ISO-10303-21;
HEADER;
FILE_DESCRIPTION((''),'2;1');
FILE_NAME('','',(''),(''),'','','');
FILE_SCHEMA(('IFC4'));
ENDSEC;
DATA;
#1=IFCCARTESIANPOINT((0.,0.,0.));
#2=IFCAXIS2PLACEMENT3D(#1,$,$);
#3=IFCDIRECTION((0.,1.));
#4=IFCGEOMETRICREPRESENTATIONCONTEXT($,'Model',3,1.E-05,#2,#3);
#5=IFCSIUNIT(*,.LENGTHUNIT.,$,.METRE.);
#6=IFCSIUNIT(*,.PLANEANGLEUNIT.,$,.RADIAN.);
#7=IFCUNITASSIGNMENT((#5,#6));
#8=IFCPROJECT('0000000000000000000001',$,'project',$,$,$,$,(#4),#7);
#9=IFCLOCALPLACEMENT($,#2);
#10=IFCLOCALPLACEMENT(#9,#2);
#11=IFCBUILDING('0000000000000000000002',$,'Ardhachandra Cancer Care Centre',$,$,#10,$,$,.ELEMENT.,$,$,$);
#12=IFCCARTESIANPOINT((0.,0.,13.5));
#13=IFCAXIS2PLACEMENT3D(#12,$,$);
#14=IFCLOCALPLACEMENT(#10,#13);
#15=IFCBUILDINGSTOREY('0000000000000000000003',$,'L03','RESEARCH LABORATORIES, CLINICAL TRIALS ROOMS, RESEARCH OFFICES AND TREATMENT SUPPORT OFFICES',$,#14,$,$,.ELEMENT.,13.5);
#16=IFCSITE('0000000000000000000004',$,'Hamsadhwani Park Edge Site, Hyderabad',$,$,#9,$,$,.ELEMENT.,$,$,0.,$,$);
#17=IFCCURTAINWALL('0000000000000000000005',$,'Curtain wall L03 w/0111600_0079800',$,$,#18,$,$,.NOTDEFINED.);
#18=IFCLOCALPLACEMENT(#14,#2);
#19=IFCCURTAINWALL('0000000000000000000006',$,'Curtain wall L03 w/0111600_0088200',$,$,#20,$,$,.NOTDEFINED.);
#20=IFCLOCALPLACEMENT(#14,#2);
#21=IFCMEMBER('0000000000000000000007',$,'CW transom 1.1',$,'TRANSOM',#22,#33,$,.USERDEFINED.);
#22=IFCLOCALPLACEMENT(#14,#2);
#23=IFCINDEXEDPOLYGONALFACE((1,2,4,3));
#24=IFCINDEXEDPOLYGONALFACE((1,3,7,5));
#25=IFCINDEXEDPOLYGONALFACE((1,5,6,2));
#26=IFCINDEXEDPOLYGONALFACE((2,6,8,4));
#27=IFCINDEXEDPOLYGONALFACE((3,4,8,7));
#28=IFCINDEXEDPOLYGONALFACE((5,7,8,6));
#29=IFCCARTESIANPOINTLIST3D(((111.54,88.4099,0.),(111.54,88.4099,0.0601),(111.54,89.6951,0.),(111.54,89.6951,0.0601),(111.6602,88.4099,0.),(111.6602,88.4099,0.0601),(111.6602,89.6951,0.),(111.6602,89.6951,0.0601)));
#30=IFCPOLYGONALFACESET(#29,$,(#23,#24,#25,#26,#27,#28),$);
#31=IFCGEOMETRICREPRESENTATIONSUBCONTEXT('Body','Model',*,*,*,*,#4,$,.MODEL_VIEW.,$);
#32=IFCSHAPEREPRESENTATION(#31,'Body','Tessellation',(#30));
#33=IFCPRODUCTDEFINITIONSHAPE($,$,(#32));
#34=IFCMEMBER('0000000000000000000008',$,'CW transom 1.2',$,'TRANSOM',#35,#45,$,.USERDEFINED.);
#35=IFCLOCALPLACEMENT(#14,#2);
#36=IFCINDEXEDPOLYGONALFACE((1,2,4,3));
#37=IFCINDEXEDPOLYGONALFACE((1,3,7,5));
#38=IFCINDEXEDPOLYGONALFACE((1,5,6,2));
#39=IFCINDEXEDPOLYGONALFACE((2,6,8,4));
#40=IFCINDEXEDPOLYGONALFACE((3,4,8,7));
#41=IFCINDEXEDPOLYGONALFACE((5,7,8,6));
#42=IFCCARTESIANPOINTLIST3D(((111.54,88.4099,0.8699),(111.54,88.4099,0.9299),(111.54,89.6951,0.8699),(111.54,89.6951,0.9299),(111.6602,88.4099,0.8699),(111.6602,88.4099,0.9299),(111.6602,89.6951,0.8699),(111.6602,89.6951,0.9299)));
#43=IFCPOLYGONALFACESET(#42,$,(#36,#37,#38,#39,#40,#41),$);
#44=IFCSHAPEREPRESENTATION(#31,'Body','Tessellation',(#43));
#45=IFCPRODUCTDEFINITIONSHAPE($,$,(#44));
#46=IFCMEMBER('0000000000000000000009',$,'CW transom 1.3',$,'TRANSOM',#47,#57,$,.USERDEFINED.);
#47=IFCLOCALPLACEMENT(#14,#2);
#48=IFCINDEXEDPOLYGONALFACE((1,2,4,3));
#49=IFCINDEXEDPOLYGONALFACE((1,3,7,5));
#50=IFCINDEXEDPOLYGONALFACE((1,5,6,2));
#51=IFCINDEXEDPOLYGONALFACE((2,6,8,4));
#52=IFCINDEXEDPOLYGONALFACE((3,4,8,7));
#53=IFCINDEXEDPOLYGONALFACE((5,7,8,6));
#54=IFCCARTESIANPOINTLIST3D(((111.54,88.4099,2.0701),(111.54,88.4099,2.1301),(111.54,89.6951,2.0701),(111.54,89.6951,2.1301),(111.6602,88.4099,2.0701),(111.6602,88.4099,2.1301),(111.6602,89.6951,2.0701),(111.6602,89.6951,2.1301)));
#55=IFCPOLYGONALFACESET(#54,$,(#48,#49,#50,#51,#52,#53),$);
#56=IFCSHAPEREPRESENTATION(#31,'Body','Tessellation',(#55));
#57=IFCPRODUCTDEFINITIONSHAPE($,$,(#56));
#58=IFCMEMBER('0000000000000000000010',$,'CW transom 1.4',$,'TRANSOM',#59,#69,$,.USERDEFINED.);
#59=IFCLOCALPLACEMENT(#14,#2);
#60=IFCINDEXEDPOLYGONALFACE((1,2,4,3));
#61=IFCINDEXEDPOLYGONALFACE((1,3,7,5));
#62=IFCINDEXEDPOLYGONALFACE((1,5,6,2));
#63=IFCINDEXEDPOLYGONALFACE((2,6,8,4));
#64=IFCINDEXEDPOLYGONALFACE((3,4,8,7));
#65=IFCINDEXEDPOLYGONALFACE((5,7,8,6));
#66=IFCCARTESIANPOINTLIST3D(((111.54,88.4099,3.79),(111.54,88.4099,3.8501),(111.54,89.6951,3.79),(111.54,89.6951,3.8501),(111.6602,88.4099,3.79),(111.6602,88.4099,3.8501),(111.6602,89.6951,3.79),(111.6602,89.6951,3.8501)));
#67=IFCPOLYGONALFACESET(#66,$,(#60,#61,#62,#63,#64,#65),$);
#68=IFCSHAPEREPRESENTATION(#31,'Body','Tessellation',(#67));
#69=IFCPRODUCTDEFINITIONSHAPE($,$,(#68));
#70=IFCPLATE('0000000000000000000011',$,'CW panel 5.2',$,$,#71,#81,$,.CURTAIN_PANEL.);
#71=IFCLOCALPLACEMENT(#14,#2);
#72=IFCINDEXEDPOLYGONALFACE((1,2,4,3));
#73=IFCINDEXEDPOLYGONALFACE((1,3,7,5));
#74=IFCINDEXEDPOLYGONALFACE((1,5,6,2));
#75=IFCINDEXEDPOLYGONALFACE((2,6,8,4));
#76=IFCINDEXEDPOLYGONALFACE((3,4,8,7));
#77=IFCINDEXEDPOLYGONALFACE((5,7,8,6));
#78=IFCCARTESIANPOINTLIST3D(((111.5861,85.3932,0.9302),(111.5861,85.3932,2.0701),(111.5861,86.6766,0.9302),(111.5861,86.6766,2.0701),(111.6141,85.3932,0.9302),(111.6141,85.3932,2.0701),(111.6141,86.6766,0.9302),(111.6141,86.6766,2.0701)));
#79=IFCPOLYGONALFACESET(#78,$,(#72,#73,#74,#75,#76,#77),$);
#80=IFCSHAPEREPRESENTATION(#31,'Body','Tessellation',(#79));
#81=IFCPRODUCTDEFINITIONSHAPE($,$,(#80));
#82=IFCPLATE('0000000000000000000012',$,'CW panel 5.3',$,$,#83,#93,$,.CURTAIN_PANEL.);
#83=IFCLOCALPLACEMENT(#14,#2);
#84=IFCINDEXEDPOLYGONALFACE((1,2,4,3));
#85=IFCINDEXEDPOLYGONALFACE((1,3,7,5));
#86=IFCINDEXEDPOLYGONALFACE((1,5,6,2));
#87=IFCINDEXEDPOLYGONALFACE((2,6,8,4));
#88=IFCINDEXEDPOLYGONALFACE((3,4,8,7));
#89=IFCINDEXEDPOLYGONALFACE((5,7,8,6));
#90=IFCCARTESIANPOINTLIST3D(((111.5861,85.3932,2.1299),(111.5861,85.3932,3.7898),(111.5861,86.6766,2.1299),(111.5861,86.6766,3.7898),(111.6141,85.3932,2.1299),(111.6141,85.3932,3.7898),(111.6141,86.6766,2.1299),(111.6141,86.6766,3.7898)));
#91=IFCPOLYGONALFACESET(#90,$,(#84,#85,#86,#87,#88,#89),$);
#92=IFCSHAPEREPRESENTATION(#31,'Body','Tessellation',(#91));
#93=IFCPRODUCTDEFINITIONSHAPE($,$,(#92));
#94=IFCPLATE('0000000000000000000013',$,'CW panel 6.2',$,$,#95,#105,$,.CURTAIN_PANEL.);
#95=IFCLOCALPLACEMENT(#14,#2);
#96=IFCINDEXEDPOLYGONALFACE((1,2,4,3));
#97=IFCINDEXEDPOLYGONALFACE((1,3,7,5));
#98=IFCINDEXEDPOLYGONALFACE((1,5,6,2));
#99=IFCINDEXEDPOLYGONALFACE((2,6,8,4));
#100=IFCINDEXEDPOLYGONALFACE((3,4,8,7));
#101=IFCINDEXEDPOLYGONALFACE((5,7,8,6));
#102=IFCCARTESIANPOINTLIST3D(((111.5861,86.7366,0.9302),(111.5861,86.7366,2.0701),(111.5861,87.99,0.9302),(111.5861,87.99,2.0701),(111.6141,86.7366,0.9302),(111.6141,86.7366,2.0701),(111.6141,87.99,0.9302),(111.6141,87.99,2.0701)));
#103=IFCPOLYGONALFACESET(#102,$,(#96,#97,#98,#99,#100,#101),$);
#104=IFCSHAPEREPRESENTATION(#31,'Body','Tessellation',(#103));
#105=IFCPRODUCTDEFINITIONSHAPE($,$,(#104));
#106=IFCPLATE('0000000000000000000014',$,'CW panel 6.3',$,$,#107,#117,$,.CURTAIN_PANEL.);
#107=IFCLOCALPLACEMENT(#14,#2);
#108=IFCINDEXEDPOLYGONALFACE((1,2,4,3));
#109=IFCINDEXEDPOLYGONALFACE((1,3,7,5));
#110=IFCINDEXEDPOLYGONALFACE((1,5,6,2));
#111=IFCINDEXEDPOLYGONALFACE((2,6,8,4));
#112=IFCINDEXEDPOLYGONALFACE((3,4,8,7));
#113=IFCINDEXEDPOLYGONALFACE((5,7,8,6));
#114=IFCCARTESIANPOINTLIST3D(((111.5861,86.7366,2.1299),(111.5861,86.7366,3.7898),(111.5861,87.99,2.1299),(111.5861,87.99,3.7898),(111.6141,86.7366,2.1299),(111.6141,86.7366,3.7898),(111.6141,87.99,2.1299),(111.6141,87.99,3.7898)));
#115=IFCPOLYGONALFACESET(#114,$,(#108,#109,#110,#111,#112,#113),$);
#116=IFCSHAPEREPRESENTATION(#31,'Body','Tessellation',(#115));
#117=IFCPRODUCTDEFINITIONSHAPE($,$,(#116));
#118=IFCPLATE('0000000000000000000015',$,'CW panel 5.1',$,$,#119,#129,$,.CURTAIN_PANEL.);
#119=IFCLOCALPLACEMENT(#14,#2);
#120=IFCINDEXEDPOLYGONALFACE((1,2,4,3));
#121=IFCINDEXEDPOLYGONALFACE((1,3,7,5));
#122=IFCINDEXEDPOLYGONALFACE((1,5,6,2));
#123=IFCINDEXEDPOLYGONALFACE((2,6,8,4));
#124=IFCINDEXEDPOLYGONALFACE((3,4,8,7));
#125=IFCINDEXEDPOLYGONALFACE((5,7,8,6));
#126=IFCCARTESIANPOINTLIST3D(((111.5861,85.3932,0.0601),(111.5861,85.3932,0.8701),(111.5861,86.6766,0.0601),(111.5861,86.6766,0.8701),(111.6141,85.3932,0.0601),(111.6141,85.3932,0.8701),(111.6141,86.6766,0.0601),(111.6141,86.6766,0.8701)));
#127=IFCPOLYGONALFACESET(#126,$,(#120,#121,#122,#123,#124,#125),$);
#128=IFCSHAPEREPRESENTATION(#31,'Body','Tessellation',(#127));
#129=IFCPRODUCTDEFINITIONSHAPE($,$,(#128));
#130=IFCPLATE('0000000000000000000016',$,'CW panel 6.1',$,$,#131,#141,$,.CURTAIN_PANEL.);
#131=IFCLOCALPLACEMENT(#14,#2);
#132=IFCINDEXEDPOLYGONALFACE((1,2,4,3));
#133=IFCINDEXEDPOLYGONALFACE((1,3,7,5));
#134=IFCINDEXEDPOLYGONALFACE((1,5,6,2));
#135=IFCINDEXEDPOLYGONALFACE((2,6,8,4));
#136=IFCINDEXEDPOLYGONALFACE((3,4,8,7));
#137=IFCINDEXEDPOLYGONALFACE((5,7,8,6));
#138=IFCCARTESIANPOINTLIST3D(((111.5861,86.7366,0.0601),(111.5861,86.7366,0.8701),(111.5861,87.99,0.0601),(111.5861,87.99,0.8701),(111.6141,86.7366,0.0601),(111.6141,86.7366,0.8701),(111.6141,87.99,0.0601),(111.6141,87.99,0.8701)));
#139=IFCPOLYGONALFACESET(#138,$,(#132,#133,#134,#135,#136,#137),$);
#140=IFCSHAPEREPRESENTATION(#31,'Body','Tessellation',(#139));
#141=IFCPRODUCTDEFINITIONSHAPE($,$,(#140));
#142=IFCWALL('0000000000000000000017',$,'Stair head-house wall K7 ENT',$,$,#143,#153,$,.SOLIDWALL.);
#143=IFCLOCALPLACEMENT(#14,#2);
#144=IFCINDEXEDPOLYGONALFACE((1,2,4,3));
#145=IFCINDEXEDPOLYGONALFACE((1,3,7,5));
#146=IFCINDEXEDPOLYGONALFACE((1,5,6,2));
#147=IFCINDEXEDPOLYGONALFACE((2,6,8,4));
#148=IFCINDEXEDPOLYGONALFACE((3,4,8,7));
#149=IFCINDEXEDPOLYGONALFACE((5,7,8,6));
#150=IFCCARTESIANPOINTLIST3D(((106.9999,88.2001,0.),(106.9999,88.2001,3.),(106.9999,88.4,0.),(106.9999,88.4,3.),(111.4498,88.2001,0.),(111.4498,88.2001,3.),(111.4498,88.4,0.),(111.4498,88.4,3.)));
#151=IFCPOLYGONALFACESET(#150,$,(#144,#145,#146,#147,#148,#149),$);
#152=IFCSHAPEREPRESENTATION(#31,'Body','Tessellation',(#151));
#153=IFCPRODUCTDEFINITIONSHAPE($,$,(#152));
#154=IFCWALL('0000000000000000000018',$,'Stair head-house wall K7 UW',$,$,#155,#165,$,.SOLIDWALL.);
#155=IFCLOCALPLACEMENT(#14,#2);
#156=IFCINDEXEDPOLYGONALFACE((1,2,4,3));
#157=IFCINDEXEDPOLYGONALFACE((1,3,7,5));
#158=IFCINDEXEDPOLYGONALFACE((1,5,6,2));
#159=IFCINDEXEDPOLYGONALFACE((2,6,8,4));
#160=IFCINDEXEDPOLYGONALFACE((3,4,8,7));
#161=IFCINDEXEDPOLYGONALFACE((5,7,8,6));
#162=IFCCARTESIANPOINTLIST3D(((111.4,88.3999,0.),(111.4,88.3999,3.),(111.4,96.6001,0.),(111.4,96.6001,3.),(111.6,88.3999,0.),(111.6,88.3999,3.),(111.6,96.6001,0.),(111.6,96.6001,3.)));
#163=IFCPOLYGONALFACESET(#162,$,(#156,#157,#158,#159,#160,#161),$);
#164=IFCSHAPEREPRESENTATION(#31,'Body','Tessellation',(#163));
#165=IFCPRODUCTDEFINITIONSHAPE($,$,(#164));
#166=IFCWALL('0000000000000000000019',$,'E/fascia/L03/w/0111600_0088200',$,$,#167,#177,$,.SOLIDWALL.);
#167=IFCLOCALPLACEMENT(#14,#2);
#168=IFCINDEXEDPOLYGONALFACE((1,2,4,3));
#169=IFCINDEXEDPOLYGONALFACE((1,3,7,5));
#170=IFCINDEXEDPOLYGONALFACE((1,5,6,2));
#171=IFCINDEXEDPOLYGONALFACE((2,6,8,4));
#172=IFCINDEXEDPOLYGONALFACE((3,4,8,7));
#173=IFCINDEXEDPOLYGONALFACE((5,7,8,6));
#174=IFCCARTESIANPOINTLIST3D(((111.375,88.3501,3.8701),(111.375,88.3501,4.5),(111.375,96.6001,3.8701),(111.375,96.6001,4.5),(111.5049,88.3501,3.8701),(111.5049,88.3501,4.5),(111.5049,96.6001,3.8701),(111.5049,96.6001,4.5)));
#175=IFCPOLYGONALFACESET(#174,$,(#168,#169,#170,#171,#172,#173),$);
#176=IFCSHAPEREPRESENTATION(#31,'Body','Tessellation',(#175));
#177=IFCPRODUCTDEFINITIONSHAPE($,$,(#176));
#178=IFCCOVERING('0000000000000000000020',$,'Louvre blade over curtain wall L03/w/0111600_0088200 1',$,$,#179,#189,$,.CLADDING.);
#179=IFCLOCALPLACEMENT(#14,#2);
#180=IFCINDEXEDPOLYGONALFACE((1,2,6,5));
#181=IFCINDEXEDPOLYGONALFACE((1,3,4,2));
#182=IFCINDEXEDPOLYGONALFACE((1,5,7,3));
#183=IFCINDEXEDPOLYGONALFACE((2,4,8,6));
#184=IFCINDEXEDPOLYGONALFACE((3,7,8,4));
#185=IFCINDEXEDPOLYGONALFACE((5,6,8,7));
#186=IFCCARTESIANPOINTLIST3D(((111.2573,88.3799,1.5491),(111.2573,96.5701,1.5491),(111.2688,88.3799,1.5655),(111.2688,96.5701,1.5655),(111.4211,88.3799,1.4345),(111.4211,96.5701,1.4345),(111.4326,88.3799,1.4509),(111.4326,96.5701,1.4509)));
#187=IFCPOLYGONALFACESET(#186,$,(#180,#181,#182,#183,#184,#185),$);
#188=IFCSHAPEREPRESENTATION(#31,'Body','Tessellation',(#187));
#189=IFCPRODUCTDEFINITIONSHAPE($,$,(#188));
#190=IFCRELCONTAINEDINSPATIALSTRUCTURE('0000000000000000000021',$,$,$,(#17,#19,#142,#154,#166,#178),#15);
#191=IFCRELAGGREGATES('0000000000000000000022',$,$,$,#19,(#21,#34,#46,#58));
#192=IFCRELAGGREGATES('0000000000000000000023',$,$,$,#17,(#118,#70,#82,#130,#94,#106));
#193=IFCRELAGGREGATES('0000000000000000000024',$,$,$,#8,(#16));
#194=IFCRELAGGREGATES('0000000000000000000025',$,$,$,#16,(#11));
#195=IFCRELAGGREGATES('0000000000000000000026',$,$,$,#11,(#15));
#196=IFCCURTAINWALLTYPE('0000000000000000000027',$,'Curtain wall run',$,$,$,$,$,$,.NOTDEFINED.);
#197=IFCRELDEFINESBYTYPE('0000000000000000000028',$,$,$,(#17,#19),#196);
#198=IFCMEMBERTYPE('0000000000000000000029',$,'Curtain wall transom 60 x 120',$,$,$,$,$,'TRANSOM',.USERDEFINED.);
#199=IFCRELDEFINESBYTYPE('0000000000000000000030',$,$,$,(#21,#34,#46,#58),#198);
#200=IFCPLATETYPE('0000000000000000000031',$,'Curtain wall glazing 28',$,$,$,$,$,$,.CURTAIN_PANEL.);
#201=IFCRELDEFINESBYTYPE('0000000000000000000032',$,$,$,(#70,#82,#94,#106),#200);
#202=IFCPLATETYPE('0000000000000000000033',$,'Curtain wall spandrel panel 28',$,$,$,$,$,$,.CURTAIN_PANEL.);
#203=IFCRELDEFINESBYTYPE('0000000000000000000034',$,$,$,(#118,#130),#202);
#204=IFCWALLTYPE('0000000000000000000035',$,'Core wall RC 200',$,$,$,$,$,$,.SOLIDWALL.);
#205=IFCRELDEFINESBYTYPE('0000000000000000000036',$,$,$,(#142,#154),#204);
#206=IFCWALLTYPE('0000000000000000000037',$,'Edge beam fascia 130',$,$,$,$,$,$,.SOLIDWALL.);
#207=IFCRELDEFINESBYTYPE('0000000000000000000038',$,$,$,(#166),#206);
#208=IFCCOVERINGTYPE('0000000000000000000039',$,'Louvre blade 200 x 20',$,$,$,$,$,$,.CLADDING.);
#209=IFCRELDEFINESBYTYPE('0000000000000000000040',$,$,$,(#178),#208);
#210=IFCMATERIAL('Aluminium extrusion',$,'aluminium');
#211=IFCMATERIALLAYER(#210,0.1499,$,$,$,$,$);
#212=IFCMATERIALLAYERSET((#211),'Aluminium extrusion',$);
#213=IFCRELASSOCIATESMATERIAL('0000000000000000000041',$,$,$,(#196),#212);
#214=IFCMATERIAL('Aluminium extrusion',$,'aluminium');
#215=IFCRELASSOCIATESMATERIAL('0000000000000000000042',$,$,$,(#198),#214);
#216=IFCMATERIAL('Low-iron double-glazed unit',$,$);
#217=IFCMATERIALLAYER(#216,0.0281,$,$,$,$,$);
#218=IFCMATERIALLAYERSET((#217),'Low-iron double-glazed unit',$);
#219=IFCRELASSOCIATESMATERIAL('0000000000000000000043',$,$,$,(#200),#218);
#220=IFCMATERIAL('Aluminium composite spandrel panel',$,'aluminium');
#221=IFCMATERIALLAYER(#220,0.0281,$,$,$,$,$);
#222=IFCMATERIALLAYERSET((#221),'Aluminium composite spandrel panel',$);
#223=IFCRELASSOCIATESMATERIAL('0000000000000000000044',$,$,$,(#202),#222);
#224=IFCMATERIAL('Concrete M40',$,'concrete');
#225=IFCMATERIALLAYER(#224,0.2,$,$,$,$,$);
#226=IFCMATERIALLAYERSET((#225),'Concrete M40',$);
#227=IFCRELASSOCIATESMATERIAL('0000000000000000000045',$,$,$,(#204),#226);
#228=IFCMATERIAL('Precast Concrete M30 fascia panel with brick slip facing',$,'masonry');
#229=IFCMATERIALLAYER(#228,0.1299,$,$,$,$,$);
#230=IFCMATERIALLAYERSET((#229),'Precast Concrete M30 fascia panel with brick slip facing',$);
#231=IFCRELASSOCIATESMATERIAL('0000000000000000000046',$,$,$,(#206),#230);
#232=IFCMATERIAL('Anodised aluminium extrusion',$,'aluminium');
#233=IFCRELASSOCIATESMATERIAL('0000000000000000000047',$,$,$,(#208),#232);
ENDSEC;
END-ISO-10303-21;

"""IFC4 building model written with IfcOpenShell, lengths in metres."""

from ifc_helpers import new_model, si_unit, direction, frame, frame_2d, origin, origin_2d, place, context, subcontext, project, spatial, rectangle, extrude, material, layer, layer_set, material_profile, profile_set, type_object, element, aggregate, save


model = new_model("IFC4")

# Units and contexts
model_context = context("Model", 3, precision=1e-05, world=origin(), true_north=direction((0.0, 1.0)))
body_context = subcontext(model_context, "Body", "Model", "MODEL_VIEW")
ifc_project = project(units=[si_unit("LENGTHUNIT", "METRE"), si_unit("PLANEANGLEUNIT", "RADIAN")], contexts=[model_context])

# Site, building, storey
site_placement = place(None, origin())
site = spatial("IfcSite", under=ifc_project, at=site_placement, Name="Hamsadhwani Park Edge Site, Hyderabad", CompositionType="ELEMENT", RefElevation=0.0)
building_placement = place(site_placement, origin())
building = spatial("IfcBuilding", under=site, at=building_placement, Name="Ardhachandra Cancer Care Centre", CompositionType="ELEMENT")
storey_placement = place(building_placement, frame((0.0, 0.0, 13.5)))
storey = spatial("IfcBuildingStorey", under=building, at=storey_placement, Name="L03", Description="RESEARCH LABORATORIES, CLINICAL TRIALS ROOMS, RESEARCH OFFICES AND TREATMENT SUPPORT OFFICES", CompositionType="ELEMENT", Elevation=13.5)

# Curtain wall
ifc_material_1 = material(Name="Aluminium extrusion", Category="aluminium")
ifc_layer_1 = layer(ifc_material_1, 0.1499)
ifc_layer_set_1 = layer_set([ifc_layer_1], Name="Aluminium extrusion")
curtain_wall_type = type_object("IfcCurtainWallType", Name="Curtain wall run", PredefinedType="NOTDEFINED", material=ifc_layer_set_1)
curtain_wall_1_placement = place(storey_placement, origin())
curtain_wall_1 = element("IfcCurtainWall", 1, at=curtain_wall_1_placement, inside=storey, type_object=curtain_wall_type, Name="Curtain wall L03 w/0111600_0079800", PredefinedType="NOTDEFINED")

# Curtain wall
curtain_wall_2_placement = place(storey_placement, origin())
curtain_wall_2 = element("IfcCurtainWall", 2, at=curtain_wall_2_placement, inside=storey, type_object=curtain_wall_type, Name="Curtain wall L03 w/0111600_0088200", PredefinedType="NOTDEFINED")

# Members
ifc_material_2 = material(Name="Aluminium extrusion", Category="aluminium")
ifc_material_profile_1 = material_profile(ifc_material_2, rectangle(XDim=0.1201, YDim=0.0601, at=origin_2d()), Name="Curtain wall transom 60 x 120")
ifc_profile_set_1 = profile_set([ifc_material_profile_1], Name="Aluminium extrusion")
member_type_1 = type_object("IfcMemberType", Name="Curtain wall transom 60 x 120", ElementType="TRANSOM", PredefinedType="USERDEFINED", material=ifc_profile_set_1)
member_1_placement = place(storey_placement, frame((111.6001, 88.4099, 0.03), z_axis=(0.0, 1.0, 0.0), x_axis=(-1.0, 0.0, 0.0)))
member_1 = element("IfcMember", 3, at=member_1_placement, type_object=member_type_1, Name="CW transom 1.1", ObjectType="TRANSOM", PredefinedType="USERDEFINED", context=body_context, shape_type="SweptSolid", body=[
    extrude(rectangle(XDim=0.1201, YDim=0.0601, at=origin_2d()), origin(), (0.0, 0.0, 1.0), 1.2852),
])
member_2_placement = place(storey_placement, frame((111.6001, 88.4099, 0.8999), z_axis=(0.0, 1.0, 0.0), x_axis=(-1.0, 0.0, 0.0)))
member_2 = element("IfcMember", 4, at=member_2_placement, type_object=member_type_1, Name="CW transom 1.2", ObjectType="TRANSOM", PredefinedType="USERDEFINED", context=body_context, shape_type="SweptSolid", body=[
    extrude(rectangle(XDim=0.1201, YDim=0.0601, at=origin_2d()), origin(), (0.0, 0.0, 1.0), 1.2852),
])
member_3_placement = place(storey_placement, frame((111.6001, 88.4099, 2.1001), z_axis=(0.0, 1.0, 0.0), x_axis=(-1.0, 0.0, 0.0)))
member_3 = element("IfcMember", 5, at=member_3_placement, type_object=member_type_1, Name="CW transom 1.3", ObjectType="TRANSOM", PredefinedType="USERDEFINED", context=body_context, shape_type="SweptSolid", body=[
    extrude(rectangle(XDim=0.1201, YDim=0.0601, at=origin_2d()), origin(), (0.0, 0.0, 1.0), 1.2852),
])
member_4_placement = place(storey_placement, frame((111.6001, 88.4099, 3.8201), z_axis=(0.0, 1.0, 0.0), x_axis=(-1.0, 0.0, 0.0)))
member_4 = element("IfcMember", 6, at=member_4_placement, type_object=member_type_1, Name="CW transom 1.4", ObjectType="TRANSOM", PredefinedType="USERDEFINED", context=body_context, shape_type="SweptSolid", body=[
    extrude(rectangle(XDim=0.1201, YDim=0.0601, at=origin_2d()), origin(), (0.0, 0.0, 1.0), 1.2852),
])
aggregate(curtain_wall_2, [member_1, member_2, member_3, member_4])

# Plates
ifc_material_3 = material(Name="Low-iron double-glazed unit")
ifc_layer_2 = layer(ifc_material_3, 0.0281)
ifc_layer_set_2 = layer_set([ifc_layer_2], Name="Low-iron double-glazed unit")
plate_type_1 = type_object("IfcPlateType", Name="Curtain wall glazing 28", PredefinedType="CURTAIN_PANEL", material=ifc_layer_set_2)
plate_1_placement = place(storey_placement, frame((111.6001, 86.0349, 0.9302), z_axis=(0.0, 0.0, 1.0), x_axis=(0.0, 1.0, 0.0)))
plate_1 = element("IfcPlate", 7, at=plate_1_placement, type_object=plate_type_1, Name="CW panel 5.2", PredefinedType="CURTAIN_PANEL", context=body_context, shape_type="SweptSolid", body=[
    extrude(rectangle(XDim=1.2834, YDim=0.0281, at=origin_2d()), origin(), (0.0, 0.0, 1.0), 1.1399),
])
plate_2_placement = place(storey_placement, frame((111.6001, 86.0349, 2.1299), z_axis=(0.0, 0.0, 1.0), x_axis=(0.0, 1.0, 0.0)))
plate_2 = element("IfcPlate", 8, at=plate_2_placement, type_object=plate_type_1, Name="CW panel 5.3", PredefinedType="CURTAIN_PANEL", context=body_context, shape_type="SweptSolid", body=[
    extrude(rectangle(XDim=1.2834, YDim=0.0281, at=origin_2d()), origin(), (0.0, 0.0, 1.0), 1.6599),
])
plate_3_placement = place(storey_placement, frame((111.6001, 87.3633, 0.9302), z_axis=(0.0, 0.0, 1.0), x_axis=(0.0, 1.0, 0.0)))
plate_3 = element("IfcPlate", 9, at=plate_3_placement, type_object=plate_type_1, Name="CW panel 6.2", PredefinedType="CURTAIN_PANEL", context=body_context, shape_type="SweptSolid", body=[
    extrude(rectangle(XDim=1.2534, YDim=0.0281, at=origin_2d()), origin(), (0.0, 0.0, 1.0), 1.1399),
])
plate_4_placement = place(storey_placement, frame((111.6001, 87.3633, 2.1299), z_axis=(0.0, 0.0, 1.0), x_axis=(0.0, 1.0, 0.0)))
plate_4 = element("IfcPlate", 10, at=plate_4_placement, type_object=plate_type_1, Name="CW panel 6.3", PredefinedType="CURTAIN_PANEL", context=body_context, shape_type="SweptSolid", body=[
    extrude(rectangle(XDim=1.2534, YDim=0.0281, at=origin_2d()), origin(), (0.0, 0.0, 1.0), 1.6599),
])
ifc_material_4 = material(Name="Aluminium composite spandrel panel", Category="aluminium")
ifc_layer_3 = layer(ifc_material_4, 0.0281)
ifc_layer_set_3 = layer_set([ifc_layer_3], Name="Aluminium composite spandrel panel")
plate_type_2 = type_object("IfcPlateType", Name="Curtain wall spandrel panel 28", PredefinedType="CURTAIN_PANEL", material=ifc_layer_set_3)
plate_5_placement = place(storey_placement, frame((111.6001, 86.0349, 0.0601), z_axis=(0.0, 0.0, 1.0), x_axis=(0.0, 1.0, 0.0)))
plate_5 = element("IfcPlate", 11, at=plate_5_placement, type_object=plate_type_2, Name="CW panel 5.1", PredefinedType="CURTAIN_PANEL", context=body_context, shape_type="SweptSolid", body=[
    extrude(rectangle(XDim=1.2834, YDim=0.0281, at=origin_2d()), origin(), (0.0, 0.0, 1.0), 0.8101),
])
plate_6_placement = place(storey_placement, frame((111.6001, 87.3633, 0.0601), z_axis=(0.0, 0.0, 1.0), x_axis=(0.0, 1.0, 0.0)))
plate_6 = element("IfcPlate", 12, at=plate_6_placement, type_object=plate_type_2, Name="CW panel 6.1", PredefinedType="CURTAIN_PANEL", context=body_context, shape_type="SweptSolid", body=[
    extrude(rectangle(XDim=1.2534, YDim=0.0281, at=origin_2d()), origin(), (0.0, 0.0, 1.0), 0.8101),
])
aggregate(curtain_wall_1, [plate_5, plate_1, plate_2, plate_6, plate_3, plate_4])

# Walls
ifc_material_5 = material(Name="Concrete M40", Category="concrete")
ifc_layer_4 = layer(ifc_material_5, 0.2)
ifc_layer_set_4 = layer_set([ifc_layer_4], Name="Concrete M40")
wall_type_1 = type_object("IfcWallType", Name="Core wall RC 200", PredefinedType="SOLIDWALL", material=ifc_layer_set_4)
wall_1_placement = place(storey_placement, frame((111.45, 88.3, 0.0), z_axis=(0.0, 0.0, 1.0), x_axis=(-1.0, 0.0, 0.0)))
element("IfcWall", 13, at=wall_1_placement, inside=storey, type_object=wall_type_1, Name="Stair head-house wall K7 ENT", PredefinedType="SOLIDWALL", context=body_context, shape_type="SweptSolid", body=[
    extrude(rectangle(XDim=4.45, YDim=0.2, at=frame_2d((2.2251, 0.0))), origin(), (0.0, 0.0, 1.0), 3.0),
])
wall_2_placement = place(storey_placement, frame((111.5, 88.3999, 0.0), z_axis=(0.0, 0.0, 1.0), x_axis=(0.0, 1.0, 0.0)))
element("IfcWall", 14, at=wall_2_placement, inside=storey, type_object=wall_type_1, Name="Stair head-house wall K7 UW", PredefinedType="SOLIDWALL", context=body_context, shape_type="SweptSolid", body=[
    extrude(rectangle(XDim=8.2002, YDim=0.2, at=frame_2d((4.1001, 0.0))), origin(), (0.0, 0.0, 1.0), 3.0),
])
ifc_material_6 = material(Name="Precast Concrete M30 fascia panel with brick slip facing", Category="masonry")
ifc_layer_5 = layer(ifc_material_6, 0.1299)
ifc_layer_set_5 = layer_set([ifc_layer_5], Name="Precast Concrete M30 fascia panel with brick slip facing")
wall_type_2 = type_object("IfcWallType", Name="Edge beam fascia 130", PredefinedType="SOLIDWALL", material=ifc_layer_set_5)
wall_3_placement = place(storey_placement, frame((111.4399, 88.3501, 3.8701), z_axis=(0.0, 0.0, 1.0), x_axis=(0.0, 1.0, 0.0)))
element("IfcWall", 15, at=wall_3_placement, inside=storey, type_object=wall_type_2, Name="E/fascia/L03/w/0111600_0088200", PredefinedType="SOLIDWALL", context=body_context, shape_type="SweptSolid", body=[
    extrude(rectangle(XDim=8.25, YDim=0.1299, at=frame_2d((4.125, 0.0))), origin(), (0.0, 0.0, 1.0), 0.6299),
])

# Covering
ifc_material_7 = material(Name="Anodised aluminium extrusion", Category="aluminium")
ifc_material_profile_2 = material_profile(ifc_material_7, rectangle(XDim=0.2, YDim=0.02, at=origin_2d()), Name="Louvre blade 200 x 20")
ifc_profile_set_2 = profile_set([ifc_material_profile_2], Name="Anodised aluminium extrusion")
covering_type = type_object("IfcCoveringType", Name="Louvre blade 200 x 20", PredefinedType="CLADDING", material=ifc_profile_set_2)
for number, where, z_axis, x_axis, name in (
    (16, (111.345, 88.3799, 1.5), (0.0, 1.0, 0.0), (-0.819152, 0.0, 0.573576), "Louvre blade over curtain wall L03/w/0111600_0088200 1"),
):
    element("IfcCovering", number, at=place(storey_placement, frame(where, z_axis=z_axis, x_axis=x_axis)), inside=storey, type_object=covering_type, Name=name, PredefinedType="CLADDING", context=body_context, shape_type="SweptSolid", body=[
        extrude(rectangle(XDim=0.2, YDim=0.02, at=origin_2d()), origin(), (0.0, 0.0, 1.0), 8.1902),
    ])

save(model, "model.ifc")
